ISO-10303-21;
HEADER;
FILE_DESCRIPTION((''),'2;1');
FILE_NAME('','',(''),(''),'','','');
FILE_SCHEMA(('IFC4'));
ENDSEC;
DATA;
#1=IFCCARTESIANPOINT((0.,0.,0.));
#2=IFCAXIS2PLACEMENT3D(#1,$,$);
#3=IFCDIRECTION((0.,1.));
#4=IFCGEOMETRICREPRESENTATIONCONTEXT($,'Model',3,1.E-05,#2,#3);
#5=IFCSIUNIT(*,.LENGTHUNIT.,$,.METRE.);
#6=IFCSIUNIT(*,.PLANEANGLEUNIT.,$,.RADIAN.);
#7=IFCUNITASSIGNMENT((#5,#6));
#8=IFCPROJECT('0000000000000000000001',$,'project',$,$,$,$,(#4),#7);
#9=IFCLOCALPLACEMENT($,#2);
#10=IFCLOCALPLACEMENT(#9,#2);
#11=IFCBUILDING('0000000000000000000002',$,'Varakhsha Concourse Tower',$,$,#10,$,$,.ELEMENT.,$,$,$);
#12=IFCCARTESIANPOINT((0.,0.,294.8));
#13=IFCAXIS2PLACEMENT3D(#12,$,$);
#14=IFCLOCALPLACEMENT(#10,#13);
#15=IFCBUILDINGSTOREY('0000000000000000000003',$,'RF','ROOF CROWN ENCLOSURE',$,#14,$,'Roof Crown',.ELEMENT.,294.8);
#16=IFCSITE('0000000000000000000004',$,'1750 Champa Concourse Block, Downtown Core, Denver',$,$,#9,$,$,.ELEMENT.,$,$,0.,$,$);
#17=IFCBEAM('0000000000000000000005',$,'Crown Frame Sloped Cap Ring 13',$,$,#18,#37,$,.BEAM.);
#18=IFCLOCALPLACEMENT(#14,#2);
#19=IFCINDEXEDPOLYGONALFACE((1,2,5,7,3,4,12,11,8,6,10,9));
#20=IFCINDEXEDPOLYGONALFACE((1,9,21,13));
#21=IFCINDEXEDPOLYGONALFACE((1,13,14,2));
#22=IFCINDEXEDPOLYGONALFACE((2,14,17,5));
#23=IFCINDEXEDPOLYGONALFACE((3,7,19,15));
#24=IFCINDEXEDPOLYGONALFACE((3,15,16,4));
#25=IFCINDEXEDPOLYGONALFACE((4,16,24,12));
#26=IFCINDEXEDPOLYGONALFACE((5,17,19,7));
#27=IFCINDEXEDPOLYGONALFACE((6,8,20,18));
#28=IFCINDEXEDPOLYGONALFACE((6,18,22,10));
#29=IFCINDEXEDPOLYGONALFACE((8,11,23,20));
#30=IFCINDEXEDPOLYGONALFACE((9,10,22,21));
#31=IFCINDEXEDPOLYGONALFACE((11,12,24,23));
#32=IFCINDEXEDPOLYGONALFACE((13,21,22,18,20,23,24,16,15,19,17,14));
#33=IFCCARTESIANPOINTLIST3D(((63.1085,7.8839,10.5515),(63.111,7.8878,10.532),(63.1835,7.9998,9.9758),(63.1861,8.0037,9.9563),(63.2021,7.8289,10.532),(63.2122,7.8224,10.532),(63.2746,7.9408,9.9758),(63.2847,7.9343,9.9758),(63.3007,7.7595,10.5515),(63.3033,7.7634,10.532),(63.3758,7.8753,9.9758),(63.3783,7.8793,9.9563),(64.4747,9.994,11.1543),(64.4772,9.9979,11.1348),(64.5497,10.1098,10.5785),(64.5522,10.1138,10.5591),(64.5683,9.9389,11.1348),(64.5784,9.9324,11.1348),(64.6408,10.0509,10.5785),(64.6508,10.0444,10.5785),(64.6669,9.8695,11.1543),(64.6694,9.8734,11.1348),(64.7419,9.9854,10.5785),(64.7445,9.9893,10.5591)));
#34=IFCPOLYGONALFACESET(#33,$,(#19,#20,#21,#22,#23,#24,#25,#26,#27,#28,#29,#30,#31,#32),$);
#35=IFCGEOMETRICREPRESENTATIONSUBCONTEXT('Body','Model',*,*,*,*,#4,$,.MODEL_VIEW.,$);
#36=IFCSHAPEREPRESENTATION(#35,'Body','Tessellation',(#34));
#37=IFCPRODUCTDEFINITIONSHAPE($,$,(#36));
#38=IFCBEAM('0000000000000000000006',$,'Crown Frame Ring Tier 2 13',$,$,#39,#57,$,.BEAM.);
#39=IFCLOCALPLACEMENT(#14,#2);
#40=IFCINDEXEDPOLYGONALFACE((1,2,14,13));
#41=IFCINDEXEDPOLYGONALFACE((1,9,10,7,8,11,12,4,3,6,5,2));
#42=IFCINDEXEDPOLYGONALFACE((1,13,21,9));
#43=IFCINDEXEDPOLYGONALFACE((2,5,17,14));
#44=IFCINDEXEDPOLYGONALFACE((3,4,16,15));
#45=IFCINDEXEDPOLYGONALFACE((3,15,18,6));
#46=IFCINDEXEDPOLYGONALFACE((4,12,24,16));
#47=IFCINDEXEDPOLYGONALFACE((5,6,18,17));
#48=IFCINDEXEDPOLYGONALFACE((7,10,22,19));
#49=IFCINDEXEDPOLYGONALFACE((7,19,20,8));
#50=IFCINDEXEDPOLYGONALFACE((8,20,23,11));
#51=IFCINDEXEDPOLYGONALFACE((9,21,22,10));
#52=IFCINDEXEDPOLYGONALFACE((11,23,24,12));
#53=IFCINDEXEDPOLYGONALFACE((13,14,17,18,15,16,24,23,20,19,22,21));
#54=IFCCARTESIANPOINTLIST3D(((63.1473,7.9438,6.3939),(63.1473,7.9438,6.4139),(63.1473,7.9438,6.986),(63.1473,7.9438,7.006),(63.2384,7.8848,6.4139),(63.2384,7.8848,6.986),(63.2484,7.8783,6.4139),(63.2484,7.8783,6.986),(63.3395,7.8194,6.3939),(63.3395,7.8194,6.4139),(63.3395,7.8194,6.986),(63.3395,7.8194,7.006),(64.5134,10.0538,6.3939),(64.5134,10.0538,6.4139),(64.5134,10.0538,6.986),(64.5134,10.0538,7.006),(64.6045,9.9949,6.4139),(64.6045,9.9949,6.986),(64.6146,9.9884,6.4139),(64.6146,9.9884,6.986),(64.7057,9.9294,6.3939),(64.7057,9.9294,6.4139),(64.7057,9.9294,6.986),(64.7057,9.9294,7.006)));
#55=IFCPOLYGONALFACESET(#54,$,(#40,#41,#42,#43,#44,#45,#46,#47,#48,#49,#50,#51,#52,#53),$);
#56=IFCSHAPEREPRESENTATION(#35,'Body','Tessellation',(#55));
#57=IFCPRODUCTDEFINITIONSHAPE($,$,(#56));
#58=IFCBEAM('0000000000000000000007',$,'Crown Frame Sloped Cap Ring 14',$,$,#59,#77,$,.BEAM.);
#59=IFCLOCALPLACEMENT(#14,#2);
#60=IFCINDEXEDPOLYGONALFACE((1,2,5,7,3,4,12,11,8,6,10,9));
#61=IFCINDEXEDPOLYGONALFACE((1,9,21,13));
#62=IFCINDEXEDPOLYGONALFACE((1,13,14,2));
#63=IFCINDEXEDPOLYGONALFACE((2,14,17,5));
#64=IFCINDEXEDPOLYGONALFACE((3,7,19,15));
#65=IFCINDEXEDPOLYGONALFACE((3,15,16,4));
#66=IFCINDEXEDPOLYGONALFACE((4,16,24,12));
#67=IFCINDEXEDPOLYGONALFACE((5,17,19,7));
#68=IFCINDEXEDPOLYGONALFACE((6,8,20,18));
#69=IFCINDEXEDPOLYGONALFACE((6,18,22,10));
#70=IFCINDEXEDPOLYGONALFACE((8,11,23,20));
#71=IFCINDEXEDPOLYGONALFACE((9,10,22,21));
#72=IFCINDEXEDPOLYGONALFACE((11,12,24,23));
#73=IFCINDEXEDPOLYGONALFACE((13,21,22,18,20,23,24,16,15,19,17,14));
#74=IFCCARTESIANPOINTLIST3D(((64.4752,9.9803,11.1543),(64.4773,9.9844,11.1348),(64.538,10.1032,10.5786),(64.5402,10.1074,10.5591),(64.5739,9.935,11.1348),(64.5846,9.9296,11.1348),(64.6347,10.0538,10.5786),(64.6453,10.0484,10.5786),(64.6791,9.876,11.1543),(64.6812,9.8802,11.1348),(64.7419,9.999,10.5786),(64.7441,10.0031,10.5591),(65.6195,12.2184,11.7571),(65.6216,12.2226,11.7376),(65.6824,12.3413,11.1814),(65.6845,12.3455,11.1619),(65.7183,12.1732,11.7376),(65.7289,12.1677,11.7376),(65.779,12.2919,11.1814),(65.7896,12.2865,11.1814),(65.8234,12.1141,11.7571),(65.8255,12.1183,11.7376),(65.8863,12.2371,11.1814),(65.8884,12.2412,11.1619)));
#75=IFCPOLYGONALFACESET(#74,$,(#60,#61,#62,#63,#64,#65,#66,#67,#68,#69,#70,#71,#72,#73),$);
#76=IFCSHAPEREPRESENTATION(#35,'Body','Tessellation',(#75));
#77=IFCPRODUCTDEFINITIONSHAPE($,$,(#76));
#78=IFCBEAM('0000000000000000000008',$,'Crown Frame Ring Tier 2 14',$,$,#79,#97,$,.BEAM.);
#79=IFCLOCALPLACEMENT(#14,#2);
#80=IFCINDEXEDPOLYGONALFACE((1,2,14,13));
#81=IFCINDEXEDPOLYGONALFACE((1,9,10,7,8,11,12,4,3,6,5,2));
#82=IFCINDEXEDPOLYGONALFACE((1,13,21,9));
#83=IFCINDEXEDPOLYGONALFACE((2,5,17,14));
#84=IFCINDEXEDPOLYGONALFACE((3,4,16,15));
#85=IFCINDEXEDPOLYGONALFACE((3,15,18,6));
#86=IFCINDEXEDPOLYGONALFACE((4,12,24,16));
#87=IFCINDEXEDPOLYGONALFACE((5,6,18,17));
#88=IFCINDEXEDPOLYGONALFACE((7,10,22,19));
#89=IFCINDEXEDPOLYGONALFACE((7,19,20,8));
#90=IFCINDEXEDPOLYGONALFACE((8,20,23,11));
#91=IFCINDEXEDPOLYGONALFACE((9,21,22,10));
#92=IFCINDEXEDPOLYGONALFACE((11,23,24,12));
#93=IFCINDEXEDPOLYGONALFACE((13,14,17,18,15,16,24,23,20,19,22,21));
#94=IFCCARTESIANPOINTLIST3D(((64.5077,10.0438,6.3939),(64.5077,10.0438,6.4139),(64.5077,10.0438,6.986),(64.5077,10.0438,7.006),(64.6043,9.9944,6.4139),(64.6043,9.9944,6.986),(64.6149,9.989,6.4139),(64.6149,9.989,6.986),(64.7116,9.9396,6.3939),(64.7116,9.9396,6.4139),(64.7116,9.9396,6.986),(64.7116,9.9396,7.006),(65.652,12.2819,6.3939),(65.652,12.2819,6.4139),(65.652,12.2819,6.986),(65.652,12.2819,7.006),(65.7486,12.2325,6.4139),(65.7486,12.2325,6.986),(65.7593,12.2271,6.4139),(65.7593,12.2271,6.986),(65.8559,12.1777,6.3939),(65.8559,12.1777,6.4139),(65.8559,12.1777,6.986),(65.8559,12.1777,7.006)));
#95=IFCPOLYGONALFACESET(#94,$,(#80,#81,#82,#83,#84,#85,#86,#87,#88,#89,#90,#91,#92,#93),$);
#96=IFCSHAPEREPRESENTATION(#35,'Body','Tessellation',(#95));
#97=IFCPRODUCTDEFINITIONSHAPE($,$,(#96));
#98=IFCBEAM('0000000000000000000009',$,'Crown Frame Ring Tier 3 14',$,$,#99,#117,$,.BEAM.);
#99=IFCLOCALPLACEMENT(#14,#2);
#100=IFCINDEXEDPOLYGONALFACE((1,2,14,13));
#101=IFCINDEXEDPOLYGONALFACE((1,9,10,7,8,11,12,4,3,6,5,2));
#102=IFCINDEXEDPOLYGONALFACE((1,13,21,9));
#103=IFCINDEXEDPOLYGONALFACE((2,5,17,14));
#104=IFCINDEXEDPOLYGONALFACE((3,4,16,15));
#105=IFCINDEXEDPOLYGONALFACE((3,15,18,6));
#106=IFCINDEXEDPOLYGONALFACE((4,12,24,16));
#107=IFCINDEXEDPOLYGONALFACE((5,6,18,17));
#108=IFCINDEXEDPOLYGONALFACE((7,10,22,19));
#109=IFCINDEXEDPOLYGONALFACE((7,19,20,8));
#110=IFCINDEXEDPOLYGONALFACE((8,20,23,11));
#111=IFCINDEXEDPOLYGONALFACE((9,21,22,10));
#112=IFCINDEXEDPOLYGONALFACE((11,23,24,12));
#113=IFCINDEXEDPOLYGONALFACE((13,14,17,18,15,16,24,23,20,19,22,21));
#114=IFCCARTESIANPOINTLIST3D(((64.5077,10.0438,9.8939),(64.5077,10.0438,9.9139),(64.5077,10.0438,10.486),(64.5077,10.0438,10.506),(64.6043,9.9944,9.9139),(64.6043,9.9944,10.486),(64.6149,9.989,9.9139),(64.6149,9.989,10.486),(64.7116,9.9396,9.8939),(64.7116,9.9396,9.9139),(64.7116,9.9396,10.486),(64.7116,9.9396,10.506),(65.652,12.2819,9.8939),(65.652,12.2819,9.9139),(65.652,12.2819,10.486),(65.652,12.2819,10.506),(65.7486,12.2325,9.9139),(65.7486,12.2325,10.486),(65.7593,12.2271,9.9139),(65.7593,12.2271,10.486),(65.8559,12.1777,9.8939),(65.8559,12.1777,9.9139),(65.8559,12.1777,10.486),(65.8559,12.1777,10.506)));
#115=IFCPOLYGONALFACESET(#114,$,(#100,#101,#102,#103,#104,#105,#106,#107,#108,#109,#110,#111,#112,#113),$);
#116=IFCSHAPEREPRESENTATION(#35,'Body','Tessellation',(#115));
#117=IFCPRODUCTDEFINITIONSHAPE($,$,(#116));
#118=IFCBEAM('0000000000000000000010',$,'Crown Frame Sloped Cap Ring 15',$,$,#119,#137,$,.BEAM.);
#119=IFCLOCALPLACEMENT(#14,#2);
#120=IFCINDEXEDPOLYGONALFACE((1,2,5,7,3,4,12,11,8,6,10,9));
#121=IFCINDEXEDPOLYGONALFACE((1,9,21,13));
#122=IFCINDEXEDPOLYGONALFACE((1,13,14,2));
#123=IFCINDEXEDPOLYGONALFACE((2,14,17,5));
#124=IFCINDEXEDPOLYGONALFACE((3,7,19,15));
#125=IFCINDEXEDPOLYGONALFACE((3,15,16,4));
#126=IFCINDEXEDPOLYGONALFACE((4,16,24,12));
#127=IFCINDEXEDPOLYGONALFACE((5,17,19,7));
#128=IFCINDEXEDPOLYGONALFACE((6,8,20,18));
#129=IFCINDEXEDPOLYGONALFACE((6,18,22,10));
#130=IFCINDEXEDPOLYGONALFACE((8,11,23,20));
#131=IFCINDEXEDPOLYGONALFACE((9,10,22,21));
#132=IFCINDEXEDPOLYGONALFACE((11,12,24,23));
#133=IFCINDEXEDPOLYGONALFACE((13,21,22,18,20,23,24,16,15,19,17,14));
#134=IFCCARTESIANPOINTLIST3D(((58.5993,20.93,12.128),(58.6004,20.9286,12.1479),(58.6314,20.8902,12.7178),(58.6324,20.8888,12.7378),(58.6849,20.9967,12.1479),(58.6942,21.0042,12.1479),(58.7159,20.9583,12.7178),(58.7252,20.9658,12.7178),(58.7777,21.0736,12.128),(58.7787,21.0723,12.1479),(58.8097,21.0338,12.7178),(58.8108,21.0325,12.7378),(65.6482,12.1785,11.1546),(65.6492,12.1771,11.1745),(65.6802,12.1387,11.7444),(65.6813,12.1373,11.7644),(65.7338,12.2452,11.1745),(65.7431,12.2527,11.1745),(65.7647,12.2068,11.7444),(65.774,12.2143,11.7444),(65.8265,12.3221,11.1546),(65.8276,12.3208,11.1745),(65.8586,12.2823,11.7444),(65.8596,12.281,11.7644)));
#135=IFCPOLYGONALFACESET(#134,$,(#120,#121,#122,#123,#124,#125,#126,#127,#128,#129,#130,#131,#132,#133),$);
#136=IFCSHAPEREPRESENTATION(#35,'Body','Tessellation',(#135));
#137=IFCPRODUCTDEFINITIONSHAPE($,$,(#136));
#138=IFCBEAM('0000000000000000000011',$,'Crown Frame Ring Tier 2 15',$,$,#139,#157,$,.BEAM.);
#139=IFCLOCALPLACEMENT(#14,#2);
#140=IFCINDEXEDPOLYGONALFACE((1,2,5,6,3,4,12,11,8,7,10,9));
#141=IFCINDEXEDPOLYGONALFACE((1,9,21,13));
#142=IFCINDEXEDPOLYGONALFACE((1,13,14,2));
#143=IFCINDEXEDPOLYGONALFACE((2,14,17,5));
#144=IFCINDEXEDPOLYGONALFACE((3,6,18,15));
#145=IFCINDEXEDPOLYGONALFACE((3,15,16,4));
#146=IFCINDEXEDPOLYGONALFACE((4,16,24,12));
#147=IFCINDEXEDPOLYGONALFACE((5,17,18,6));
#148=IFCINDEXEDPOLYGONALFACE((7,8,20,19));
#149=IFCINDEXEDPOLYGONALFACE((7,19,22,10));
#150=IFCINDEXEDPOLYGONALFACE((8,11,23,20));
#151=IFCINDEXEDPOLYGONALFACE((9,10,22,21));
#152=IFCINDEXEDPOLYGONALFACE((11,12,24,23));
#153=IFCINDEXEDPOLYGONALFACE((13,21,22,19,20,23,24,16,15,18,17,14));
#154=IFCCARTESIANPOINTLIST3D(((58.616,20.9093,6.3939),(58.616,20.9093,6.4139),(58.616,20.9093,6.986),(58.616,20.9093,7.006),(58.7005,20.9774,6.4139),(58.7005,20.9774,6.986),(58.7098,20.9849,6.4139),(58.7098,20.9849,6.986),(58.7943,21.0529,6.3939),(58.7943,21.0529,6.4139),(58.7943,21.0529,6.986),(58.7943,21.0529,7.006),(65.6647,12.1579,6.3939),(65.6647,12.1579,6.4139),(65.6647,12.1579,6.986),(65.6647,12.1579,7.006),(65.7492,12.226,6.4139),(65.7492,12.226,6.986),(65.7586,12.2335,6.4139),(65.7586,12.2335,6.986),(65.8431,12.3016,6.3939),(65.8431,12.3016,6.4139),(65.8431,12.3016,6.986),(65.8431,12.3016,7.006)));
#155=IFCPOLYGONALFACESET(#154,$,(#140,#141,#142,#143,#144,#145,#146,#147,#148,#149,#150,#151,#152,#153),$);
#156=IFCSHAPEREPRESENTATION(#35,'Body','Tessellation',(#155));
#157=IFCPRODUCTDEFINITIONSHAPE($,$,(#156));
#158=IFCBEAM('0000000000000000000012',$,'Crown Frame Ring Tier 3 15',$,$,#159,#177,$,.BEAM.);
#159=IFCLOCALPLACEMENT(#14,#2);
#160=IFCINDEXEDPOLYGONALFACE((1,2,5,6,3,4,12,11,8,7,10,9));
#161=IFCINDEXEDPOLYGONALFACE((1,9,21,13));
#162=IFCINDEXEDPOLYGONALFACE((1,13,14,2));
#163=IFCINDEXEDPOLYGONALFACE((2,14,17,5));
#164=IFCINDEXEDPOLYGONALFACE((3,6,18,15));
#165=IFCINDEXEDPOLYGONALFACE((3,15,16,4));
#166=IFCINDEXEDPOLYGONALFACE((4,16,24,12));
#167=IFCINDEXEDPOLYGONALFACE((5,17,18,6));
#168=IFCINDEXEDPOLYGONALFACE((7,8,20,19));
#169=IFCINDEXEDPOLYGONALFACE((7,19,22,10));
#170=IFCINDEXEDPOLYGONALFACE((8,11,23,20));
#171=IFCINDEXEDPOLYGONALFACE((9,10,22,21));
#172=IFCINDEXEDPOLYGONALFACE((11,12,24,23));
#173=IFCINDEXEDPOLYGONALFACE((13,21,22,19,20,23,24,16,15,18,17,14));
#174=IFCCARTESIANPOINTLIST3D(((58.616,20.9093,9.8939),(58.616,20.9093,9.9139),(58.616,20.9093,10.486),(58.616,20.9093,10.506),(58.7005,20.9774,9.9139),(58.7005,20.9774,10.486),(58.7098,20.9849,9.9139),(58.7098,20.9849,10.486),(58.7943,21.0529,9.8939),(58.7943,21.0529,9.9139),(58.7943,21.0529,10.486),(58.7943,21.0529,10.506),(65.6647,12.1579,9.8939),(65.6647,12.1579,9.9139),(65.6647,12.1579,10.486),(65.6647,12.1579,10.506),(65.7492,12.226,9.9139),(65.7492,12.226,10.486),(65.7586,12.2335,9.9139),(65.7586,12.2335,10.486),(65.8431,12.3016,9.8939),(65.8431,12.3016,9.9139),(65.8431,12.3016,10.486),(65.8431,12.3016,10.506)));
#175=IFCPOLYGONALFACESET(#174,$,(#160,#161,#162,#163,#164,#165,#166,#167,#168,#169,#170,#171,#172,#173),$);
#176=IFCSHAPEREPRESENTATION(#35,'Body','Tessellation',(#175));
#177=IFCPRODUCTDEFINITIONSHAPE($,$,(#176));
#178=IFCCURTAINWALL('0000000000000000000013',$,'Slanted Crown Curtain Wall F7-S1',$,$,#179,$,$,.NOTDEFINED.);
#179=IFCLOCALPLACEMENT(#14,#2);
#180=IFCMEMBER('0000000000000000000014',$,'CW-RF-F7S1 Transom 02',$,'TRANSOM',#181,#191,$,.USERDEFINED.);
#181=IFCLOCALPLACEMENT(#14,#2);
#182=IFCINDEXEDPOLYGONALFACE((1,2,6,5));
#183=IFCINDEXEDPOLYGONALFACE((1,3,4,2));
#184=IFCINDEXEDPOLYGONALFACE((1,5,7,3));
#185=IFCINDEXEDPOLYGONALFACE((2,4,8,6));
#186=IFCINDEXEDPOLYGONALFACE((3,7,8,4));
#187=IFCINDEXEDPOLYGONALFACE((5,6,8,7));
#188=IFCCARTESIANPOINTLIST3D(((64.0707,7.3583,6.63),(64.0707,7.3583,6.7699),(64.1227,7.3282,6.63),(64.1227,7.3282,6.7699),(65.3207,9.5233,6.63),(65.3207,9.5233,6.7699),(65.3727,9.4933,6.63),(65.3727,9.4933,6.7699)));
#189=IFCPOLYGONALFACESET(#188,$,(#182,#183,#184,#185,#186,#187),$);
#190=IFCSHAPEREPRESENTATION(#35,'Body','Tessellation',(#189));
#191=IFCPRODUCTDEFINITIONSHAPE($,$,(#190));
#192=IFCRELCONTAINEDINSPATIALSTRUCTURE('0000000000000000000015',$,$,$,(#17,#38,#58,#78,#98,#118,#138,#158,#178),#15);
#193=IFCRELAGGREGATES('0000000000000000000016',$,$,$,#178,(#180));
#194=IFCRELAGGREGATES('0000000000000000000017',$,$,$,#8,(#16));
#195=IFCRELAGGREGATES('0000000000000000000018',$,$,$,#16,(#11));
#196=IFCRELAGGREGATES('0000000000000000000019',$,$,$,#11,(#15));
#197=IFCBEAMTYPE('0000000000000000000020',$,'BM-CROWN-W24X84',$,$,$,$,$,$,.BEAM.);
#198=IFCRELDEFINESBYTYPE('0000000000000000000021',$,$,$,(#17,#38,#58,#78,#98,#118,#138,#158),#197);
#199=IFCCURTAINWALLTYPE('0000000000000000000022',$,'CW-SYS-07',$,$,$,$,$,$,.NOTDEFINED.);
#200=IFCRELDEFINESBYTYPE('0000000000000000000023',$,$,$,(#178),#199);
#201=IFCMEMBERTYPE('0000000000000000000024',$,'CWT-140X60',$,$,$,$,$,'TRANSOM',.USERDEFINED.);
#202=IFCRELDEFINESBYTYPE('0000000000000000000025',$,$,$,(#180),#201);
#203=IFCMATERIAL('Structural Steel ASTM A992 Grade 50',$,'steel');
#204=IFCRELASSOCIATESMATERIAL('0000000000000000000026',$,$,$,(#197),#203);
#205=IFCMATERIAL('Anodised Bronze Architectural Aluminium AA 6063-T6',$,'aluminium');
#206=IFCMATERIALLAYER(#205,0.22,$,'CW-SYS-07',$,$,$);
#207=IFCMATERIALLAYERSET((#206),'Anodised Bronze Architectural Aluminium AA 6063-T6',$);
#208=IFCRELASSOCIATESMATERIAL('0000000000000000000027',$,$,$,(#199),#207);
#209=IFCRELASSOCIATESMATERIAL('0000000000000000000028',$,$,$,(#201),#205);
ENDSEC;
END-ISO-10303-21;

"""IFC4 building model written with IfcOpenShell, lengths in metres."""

from ifc_helpers import new_model, si_unit, direction, frame, origin, origin_2d, place, context, subcontext, project, spatial, rectangle, i_section, extrude, source, transform, mapped, material, layer, layer_set, material_profile, profile_set, type_object, element, aggregate, save


model = new_model("IFC4")

# Units and contexts
model_context = context("Model", 3, precision=1e-05, world=origin(), true_north=direction((0.0, 1.0)))
body_context = subcontext(model_context, "Body", "Model", "MODEL_VIEW")
ifc_project = project(units=[si_unit("LENGTHUNIT", "METRE"), si_unit("PLANEANGLEUNIT", "RADIAN")], contexts=[model_context])

# Site, building, storey
site_placement = place(None, origin())
site = spatial("IfcSite", under=ifc_project, at=site_placement, Name="1750 Champa Concourse Block, Downtown Core, Denver", CompositionType="ELEMENT", RefElevation=0.0)
building_placement = place(site_placement, origin())
building = spatial("IfcBuilding", under=site, at=building_placement, Name="Varakhsha Concourse Tower", CompositionType="ELEMENT")
storey_placement = place(building_placement, frame((0.0, 0.0, 294.8)))
storey = spatial("IfcBuildingStorey", under=building, at=storey_placement, Name="RF", Description="ROOF CROWN ENCLOSURE", LongName="Roof Crown", CompositionType="ELEMENT", Elevation=294.8)

# Beams
ifc_material_1 = material(Name="Structural Steel ASTM A992 Grade 50", Category="steel")
ifc_material_profile_1 = material_profile(ifc_material_1, i_section(OverallWidth=0.229, OverallDepth=0.6121, WebThickness=0.012, FlangeThickness=0.02, at=origin_2d()), Name="W24X84")
ifc_profile_set_1 = profile_set([ifc_material_profile_1], Name="Structural Steel ASTM A992 Grade 50")
beam_type = type_object("IfcBeamType", Name="BM-CROWN-W24X84", PredefinedType="BEAM", material=ifc_profile_set_1)
beam_1_placement = place(storey_placement, frame((63.2434, 7.8816, 10.2539), z_axis=(0.528507, 0.816276, 0.233181), x_axis=(-0.839416, 0.543489, 0.0)))
element("IfcBeam", 1, at=beam_1_placement, inside=storey, type_object=beam_type, Name="Crown Frame Sloped Cap Ring 13", PredefinedType="BEAM", context=body_context, shape_type="SweptSolid", body=[
    extrude(i_section(OverallWidth=0.229, OverallDepth=0.6121, WebThickness=0.012, FlangeThickness=0.02, at=origin_2d()), origin(), (0.0, 0.0, 1.0), 2.585),
])
beam_2_placement = place(storey_placement, frame((63.2434, 7.8816, 6.7), z_axis=(0.543489, 0.839416, 0.0), x_axis=(-0.839416, 0.543489, 0.0)))
element("IfcBeam", 2, at=beam_2_placement, inside=storey, type_object=beam_type, Name="Crown Frame Ring Tier 2 13", PredefinedType="BEAM", context=body_context, shape_type="SweptSolid", body=[
    extrude(i_section(OverallWidth=0.229, OverallDepth=0.6121, WebThickness=0.012, FlangeThickness=0.02, at=origin_2d()), origin(), (0.0, 0.0, 1.0), 2.5137),
])
beam_3_placement = place(storey_placement, frame((64.6096, 9.9917, 10.8567), z_axis=(0.442687, 0.865822, 0.233197), x_axis=(-0.89037, 0.455238, 0.0)))
element("IfcBeam", 3, at=beam_3_placement, inside=storey, type_object=beam_type, Name="Crown Frame Sloped Cap Ring 14", PredefinedType="BEAM", context=body_context, shape_type="SweptSolid", body=[
    extrude(i_section(OverallWidth=0.229, OverallDepth=0.6121, WebThickness=0.012, FlangeThickness=0.02, at=origin_2d()), origin(), (0.0, 0.0, 1.0), 2.585),
])
for number, where, z_axis, x_axis, name in (
    (4, (64.6096, 9.9917, 6.7), (0.455238, 0.89037, 0.0), (-0.89037, 0.455238, 0.0), "Crown Frame Ring Tier 2 14"),
    (5, (64.6096, 9.9917, 10.2), (0.455238, 0.89037, 0.0), (-0.89037, 0.455238, 0.0), "Crown Frame Ring Tier 3 14"),
):
    element("IfcBeam", number, at=place(storey_placement, frame(where, z_axis=z_axis, x_axis=x_axis)), inside=storey, type_object=beam_type, Name=name, PredefinedType="BEAM", context=body_context, shape_type="SweptSolid", body=[
        extrude(i_section(OverallWidth=0.229, OverallDepth=0.6121, WebThickness=0.012, FlangeThickness=0.02, at=origin_2d()), origin(), (0.0, 0.0, 1.0), 2.5137),
    ])
beam_4_placement = place(storey_placement, frame((65.7539, 12.2297, 11.4595), z_axis=(-0.624937, 0.77589, 0.086299), x_axis=(-0.778796, -0.627278, 0.0)))
element("IfcBeam", 6, at=beam_4_placement, inside=storey, type_object=beam_type, Name="Crown Frame Sloped Cap Ring 15", PredefinedType="BEAM", context=body_context, shape_type="SweptSolid", body=[
    extrude(i_section(OverallWidth=0.229, OverallDepth=0.6121, WebThickness=0.012, FlangeThickness=0.02, at=origin_2d()), origin(), (0.0, 0.0, 1.0), 11.2793),
])
for number, where, z_axis, x_axis, name in (
    (7, (65.7539, 12.2297, 6.7), (-0.627278, 0.778796, 0.0), (-0.778796, -0.627278, 0.0), "Crown Frame Ring Tier 2 15"),
    (8, (65.7539, 12.2297, 10.2), (-0.627278, 0.778796, 0.0), (-0.778796, -0.627278, 0.0), "Crown Frame Ring Tier 3 15"),
):
    element("IfcBeam", number, at=place(storey_placement, frame(where, z_axis=z_axis, x_axis=x_axis)), inside=storey, type_object=beam_type, Name=name, PredefinedType="BEAM", context=body_context, shape_type="SweptSolid", body=[
        extrude(i_section(OverallWidth=0.229, OverallDepth=0.6121, WebThickness=0.012, FlangeThickness=0.02, at=origin_2d()), origin(), (0.0, 0.0, 1.0), 11.2371),
    ])

# Curtain wall, member
ifc_material_2 = material(Name="Anodised Bronze Architectural Aluminium AA 6063-T6", Category="aluminium")
ifc_layer_1 = layer(ifc_material_2, 0.22, Name="CW-SYS-07")
ifc_layer_set_1 = layer_set([ifc_layer_1], Name="Anodised Bronze Architectural Aluminium AA 6063-T6")
curtain_wall_type = type_object("IfcCurtainWallType", Name="CW-SYS-07", PredefinedType="NOTDEFINED", material=ifc_layer_set_1)
curtain_wall_1_placement = place(storey_placement, origin())
curtain_wall_1 = element("IfcCurtainWall", 9, at=curtain_wall_1_placement, inside=storey, type_object=curtain_wall_type, Name="Slanted Crown Curtain Wall F7-S1", PredefinedType="NOTDEFINED")
ifc_material_profile_2 = material_profile(ifc_material_2, rectangle(XDim=0.0601, YDim=0.1399, at=origin_2d()), Name="CWT-140X60")
ifc_profile_set_2 = profile_set([ifc_material_profile_2], Name="Anodised Bronze Architectural Aluminium AA 6063-T6")
member_type = type_object("IfcMemberType", Name="CWT-140X60", ElementType="TRANSOM", PredefinedType="USERDEFINED", material=ifc_profile_set_2)
shared_shape_1 = source(origin(), body_context, "Body", "SweptSolid", [
    extrude(rectangle(XDim=0.0601, YDim=0.1399, at=origin_2d()), origin(), (0.0, 0.0, 1.0), 2.5),
])
member_1_placement = place(storey_placement, frame((65.3467, 9.5083, 6.7), z_axis=(-0.500004, -0.866023, 0.0), x_axis=(0.866023, -0.500004, 0.0)))
member_1 = element("IfcMember", 10, at=member_1_placement, type_object=member_type, Name="CW-RF-F7S1 Transom 02", ObjectType="TRANSOM", PredefinedType="USERDEFINED", context=body_context, shape_type="MappedRepresentation", body=[
    mapped(shared_shape_1, transform((0.0, 0.0, 0.0), scale=1.0)),
])

aggregate(curtain_wall_1, [member_1])

save(model, "model.ifc")
